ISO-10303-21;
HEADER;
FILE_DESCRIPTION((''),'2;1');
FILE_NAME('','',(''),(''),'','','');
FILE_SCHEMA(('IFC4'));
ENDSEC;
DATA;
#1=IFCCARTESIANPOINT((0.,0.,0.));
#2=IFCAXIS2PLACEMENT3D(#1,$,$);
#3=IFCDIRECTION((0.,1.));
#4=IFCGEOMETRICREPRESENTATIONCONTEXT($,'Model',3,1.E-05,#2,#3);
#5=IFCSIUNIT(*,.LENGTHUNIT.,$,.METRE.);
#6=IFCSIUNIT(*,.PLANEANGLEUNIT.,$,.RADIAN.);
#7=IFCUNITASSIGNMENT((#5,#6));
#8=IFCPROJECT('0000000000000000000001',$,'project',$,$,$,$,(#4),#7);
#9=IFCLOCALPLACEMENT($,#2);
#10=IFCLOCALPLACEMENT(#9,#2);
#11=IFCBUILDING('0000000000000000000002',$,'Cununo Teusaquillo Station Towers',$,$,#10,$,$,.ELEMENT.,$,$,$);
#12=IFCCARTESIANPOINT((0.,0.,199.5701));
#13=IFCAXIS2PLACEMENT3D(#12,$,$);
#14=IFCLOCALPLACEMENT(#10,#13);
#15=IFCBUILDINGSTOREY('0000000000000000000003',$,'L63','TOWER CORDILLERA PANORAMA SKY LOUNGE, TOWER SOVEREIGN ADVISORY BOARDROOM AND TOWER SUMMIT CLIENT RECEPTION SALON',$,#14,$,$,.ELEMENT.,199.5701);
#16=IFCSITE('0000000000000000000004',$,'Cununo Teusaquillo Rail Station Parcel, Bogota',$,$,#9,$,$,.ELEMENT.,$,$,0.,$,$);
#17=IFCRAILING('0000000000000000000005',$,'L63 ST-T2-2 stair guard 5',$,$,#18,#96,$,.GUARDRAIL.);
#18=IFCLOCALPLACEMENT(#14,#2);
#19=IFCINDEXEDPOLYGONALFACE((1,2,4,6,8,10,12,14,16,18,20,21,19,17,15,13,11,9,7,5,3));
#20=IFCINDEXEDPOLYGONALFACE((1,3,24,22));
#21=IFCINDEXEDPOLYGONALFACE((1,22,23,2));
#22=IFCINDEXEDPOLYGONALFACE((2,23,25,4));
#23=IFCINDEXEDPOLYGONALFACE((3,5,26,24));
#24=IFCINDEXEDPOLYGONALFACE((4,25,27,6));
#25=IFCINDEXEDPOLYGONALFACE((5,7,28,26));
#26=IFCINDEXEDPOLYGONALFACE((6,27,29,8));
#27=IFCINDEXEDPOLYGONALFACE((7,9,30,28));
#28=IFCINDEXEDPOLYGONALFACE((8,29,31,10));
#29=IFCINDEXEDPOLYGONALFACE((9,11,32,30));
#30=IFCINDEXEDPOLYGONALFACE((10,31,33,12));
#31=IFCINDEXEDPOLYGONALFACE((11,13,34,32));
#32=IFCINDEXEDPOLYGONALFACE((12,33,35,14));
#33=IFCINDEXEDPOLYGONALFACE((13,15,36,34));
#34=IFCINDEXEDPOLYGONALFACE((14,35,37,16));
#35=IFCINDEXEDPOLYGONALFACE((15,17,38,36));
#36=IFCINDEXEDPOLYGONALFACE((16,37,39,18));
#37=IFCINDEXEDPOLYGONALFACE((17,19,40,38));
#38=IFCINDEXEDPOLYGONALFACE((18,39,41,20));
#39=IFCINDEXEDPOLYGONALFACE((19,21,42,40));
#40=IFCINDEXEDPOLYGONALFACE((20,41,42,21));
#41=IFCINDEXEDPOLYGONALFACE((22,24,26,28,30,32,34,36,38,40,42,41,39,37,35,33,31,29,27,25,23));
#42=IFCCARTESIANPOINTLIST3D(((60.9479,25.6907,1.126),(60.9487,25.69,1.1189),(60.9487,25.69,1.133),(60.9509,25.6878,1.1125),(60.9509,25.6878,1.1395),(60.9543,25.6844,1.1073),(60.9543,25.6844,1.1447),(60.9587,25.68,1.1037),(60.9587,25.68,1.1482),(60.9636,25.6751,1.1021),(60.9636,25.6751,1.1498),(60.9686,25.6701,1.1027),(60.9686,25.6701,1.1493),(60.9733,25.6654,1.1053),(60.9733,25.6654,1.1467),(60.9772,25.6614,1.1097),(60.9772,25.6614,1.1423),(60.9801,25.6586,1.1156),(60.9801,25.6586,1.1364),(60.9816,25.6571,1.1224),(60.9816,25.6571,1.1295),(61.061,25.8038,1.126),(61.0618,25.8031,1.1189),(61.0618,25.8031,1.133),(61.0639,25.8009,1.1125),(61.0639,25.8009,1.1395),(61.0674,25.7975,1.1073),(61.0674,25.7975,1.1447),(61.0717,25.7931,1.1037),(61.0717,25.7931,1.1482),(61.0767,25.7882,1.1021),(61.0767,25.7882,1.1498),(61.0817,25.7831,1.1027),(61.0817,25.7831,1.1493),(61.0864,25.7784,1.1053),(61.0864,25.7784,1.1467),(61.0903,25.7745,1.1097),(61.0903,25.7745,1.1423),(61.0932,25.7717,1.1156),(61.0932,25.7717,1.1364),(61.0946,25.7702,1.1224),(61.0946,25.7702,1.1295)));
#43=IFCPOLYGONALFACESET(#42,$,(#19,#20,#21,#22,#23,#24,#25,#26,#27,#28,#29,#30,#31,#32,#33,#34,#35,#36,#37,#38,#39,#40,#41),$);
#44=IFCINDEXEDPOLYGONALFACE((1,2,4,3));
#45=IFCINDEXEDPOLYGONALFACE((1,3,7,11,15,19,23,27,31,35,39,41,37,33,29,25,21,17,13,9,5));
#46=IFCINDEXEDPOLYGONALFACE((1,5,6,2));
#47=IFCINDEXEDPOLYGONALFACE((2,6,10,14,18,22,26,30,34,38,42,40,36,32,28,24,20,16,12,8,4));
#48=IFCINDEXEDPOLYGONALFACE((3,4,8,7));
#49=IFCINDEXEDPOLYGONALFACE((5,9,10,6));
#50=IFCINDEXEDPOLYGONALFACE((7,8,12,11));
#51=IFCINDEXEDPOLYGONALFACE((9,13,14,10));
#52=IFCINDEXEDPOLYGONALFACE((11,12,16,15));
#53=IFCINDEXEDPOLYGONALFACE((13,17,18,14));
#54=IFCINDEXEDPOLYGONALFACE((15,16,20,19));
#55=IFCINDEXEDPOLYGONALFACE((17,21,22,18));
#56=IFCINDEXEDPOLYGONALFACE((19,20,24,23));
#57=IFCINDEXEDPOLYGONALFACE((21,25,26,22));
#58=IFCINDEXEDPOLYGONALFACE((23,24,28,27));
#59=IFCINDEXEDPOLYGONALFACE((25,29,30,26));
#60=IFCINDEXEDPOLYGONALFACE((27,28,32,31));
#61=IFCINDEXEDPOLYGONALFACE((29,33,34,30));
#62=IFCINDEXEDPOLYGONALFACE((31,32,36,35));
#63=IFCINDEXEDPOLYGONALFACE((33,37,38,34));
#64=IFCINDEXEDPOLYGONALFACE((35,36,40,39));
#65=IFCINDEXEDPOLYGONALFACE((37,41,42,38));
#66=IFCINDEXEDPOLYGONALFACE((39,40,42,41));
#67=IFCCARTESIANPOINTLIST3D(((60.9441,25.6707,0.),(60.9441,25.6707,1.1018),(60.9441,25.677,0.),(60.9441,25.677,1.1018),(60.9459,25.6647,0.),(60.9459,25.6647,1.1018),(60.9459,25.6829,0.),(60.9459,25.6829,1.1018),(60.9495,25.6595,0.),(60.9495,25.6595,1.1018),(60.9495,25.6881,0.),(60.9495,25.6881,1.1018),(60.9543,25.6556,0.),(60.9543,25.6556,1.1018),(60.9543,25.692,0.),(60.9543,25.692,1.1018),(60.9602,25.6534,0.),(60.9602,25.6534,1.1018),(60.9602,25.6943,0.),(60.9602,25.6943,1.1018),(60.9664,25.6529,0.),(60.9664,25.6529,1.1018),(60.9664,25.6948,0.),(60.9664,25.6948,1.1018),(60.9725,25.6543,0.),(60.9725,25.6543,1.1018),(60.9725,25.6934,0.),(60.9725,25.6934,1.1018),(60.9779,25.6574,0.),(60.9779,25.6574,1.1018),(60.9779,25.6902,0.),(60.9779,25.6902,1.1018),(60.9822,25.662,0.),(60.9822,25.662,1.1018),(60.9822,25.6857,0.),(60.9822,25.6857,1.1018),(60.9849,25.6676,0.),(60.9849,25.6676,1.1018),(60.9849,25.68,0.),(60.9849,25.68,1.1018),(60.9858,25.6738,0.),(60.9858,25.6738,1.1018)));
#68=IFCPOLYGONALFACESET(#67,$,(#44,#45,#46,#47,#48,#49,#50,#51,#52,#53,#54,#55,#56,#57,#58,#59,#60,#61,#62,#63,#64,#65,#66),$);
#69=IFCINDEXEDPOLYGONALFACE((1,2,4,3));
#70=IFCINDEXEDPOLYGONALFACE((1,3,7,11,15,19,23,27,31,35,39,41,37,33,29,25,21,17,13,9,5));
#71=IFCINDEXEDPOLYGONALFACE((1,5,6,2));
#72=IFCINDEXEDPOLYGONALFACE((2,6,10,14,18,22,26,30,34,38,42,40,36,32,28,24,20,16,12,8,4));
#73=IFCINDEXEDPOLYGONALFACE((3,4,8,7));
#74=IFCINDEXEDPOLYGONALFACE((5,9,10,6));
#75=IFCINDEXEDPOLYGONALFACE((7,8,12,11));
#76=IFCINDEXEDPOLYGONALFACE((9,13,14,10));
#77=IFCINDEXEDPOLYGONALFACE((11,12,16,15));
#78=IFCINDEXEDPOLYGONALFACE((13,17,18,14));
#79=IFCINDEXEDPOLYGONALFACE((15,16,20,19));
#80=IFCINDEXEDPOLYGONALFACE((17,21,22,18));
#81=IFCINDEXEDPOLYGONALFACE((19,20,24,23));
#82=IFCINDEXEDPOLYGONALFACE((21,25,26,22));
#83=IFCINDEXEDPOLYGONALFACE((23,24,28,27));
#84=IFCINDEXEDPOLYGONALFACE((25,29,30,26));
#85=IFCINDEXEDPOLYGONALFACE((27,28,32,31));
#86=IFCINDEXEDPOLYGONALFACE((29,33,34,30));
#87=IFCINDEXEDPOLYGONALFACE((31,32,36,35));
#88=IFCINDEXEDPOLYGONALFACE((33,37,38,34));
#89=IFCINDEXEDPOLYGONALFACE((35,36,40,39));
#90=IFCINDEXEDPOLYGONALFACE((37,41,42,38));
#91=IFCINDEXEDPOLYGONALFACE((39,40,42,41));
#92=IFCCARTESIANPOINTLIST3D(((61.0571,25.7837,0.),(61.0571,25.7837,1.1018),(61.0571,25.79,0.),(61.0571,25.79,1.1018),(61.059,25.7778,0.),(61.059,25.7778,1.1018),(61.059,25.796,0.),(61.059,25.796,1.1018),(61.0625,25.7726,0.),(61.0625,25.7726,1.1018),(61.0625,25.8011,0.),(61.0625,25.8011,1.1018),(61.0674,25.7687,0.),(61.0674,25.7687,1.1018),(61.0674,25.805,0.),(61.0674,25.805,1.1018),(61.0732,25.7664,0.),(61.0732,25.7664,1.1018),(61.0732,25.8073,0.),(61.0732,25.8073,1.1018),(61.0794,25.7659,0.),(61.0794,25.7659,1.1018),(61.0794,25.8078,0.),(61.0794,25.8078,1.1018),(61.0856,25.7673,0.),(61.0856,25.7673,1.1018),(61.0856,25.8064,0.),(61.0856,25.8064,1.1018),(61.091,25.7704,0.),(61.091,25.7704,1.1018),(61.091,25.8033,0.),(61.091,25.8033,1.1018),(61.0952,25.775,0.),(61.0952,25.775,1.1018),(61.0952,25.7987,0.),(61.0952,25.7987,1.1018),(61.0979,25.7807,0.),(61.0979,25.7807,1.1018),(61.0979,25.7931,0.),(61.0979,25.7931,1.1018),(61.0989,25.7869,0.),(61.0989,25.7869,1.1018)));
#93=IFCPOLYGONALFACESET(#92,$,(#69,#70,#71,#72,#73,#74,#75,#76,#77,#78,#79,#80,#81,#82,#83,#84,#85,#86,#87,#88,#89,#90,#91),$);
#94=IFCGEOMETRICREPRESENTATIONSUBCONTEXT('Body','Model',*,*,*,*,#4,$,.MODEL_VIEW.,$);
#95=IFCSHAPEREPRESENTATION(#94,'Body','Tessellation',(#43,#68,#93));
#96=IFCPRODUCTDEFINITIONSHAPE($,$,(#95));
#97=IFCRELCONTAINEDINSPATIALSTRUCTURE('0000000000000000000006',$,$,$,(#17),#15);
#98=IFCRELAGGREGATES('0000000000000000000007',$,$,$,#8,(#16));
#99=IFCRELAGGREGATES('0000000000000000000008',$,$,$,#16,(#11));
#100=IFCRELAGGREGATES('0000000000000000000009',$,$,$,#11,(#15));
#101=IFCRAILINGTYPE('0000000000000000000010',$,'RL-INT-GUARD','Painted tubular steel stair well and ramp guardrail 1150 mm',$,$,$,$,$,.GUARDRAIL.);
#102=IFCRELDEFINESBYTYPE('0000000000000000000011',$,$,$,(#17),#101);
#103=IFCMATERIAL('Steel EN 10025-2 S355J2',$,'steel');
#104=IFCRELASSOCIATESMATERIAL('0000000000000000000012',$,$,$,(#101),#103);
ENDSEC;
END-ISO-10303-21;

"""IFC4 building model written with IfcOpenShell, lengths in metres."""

from ifc_helpers import new_model, si_unit, direction, frame, origin, origin_2d, place, context, subcontext, project, spatial, circle, extrude, material, type_object, element, save


model = new_model("IFC4")

# Units and contexts
model_context = context("Model", 3, precision=1e-05, world=origin(), true_north=direction((0.0, 1.0)))
body_context = subcontext(model_context, "Body", "Model", "MODEL_VIEW")
ifc_project = project(units=[si_unit("LENGTHUNIT", "METRE"), si_unit("PLANEANGLEUNIT", "RADIAN")], contexts=[model_context])

# Site, building, storey
site_placement = place(None, origin())
site = spatial("IfcSite", under=ifc_project, at=site_placement, Name="Cununo Teusaquillo Rail Station Parcel, Bogota", CompositionType="ELEMENT", RefElevation=0.0)
building_placement = place(site_placement, origin())
building = spatial("IfcBuilding", under=site, at=building_placement, Name="Cununo Teusaquillo Station Towers", CompositionType="ELEMENT")
storey_placement = place(building_placement, frame((0.0, 0.0, 199.5701)))
storey = spatial("IfcBuildingStorey", under=building, at=storey_placement, Name="L63", Description="TOWER CORDILLERA PANORAMA SKY LOUNGE, TOWER SOVEREIGN ADVISORY BOARDROOM AND TOWER SUMMIT CLIENT RECEPTION SALON", CompositionType="ELEMENT", Elevation=199.5701)

# Railing
ifc_material_1 = material(Name="Steel EN 10025-2 S355J2", Category="steel")
railing_type_1 = type_object("IfcRailingType", Name="RL-INT-GUARD", Description="Painted tubular steel stair well and ramp guardrail 1150 mm", PredefinedType="GUARDRAIL", material=ifc_material_1)
railing_1_placement = place(storey_placement, frame((60.9648, 25.6738, 0.0)))
element("IfcRailing", 1, at=railing_1_placement, inside=storey, type_object=railing_type_1, Name="L63 ST-T2-2 stair guard 5", PredefinedType="GUARDRAIL", context=body_context, shape_type="SweptSolid", body=[
    extrude(circle(Radius=0.0239, at=origin_2d()), frame((0.0, 0.0, 1.126), z_axis=(0.707107, 0.707107, 0.0), x_axis=(-0.707107, 0.707107, 0.0)), (0.0, 0.0, 1.0), 0.1599),
    extrude(circle(Radius=0.021, at=origin_2d()), origin(), (0.0, 0.0, 1.0), 1.1018),
    extrude(circle(Radius=0.021, at=origin_2d()), frame((0.113, 0.113, 0.0)), (0.0, 0.0, 1.0), 1.1018),
])

save(model, "model.ifc")
